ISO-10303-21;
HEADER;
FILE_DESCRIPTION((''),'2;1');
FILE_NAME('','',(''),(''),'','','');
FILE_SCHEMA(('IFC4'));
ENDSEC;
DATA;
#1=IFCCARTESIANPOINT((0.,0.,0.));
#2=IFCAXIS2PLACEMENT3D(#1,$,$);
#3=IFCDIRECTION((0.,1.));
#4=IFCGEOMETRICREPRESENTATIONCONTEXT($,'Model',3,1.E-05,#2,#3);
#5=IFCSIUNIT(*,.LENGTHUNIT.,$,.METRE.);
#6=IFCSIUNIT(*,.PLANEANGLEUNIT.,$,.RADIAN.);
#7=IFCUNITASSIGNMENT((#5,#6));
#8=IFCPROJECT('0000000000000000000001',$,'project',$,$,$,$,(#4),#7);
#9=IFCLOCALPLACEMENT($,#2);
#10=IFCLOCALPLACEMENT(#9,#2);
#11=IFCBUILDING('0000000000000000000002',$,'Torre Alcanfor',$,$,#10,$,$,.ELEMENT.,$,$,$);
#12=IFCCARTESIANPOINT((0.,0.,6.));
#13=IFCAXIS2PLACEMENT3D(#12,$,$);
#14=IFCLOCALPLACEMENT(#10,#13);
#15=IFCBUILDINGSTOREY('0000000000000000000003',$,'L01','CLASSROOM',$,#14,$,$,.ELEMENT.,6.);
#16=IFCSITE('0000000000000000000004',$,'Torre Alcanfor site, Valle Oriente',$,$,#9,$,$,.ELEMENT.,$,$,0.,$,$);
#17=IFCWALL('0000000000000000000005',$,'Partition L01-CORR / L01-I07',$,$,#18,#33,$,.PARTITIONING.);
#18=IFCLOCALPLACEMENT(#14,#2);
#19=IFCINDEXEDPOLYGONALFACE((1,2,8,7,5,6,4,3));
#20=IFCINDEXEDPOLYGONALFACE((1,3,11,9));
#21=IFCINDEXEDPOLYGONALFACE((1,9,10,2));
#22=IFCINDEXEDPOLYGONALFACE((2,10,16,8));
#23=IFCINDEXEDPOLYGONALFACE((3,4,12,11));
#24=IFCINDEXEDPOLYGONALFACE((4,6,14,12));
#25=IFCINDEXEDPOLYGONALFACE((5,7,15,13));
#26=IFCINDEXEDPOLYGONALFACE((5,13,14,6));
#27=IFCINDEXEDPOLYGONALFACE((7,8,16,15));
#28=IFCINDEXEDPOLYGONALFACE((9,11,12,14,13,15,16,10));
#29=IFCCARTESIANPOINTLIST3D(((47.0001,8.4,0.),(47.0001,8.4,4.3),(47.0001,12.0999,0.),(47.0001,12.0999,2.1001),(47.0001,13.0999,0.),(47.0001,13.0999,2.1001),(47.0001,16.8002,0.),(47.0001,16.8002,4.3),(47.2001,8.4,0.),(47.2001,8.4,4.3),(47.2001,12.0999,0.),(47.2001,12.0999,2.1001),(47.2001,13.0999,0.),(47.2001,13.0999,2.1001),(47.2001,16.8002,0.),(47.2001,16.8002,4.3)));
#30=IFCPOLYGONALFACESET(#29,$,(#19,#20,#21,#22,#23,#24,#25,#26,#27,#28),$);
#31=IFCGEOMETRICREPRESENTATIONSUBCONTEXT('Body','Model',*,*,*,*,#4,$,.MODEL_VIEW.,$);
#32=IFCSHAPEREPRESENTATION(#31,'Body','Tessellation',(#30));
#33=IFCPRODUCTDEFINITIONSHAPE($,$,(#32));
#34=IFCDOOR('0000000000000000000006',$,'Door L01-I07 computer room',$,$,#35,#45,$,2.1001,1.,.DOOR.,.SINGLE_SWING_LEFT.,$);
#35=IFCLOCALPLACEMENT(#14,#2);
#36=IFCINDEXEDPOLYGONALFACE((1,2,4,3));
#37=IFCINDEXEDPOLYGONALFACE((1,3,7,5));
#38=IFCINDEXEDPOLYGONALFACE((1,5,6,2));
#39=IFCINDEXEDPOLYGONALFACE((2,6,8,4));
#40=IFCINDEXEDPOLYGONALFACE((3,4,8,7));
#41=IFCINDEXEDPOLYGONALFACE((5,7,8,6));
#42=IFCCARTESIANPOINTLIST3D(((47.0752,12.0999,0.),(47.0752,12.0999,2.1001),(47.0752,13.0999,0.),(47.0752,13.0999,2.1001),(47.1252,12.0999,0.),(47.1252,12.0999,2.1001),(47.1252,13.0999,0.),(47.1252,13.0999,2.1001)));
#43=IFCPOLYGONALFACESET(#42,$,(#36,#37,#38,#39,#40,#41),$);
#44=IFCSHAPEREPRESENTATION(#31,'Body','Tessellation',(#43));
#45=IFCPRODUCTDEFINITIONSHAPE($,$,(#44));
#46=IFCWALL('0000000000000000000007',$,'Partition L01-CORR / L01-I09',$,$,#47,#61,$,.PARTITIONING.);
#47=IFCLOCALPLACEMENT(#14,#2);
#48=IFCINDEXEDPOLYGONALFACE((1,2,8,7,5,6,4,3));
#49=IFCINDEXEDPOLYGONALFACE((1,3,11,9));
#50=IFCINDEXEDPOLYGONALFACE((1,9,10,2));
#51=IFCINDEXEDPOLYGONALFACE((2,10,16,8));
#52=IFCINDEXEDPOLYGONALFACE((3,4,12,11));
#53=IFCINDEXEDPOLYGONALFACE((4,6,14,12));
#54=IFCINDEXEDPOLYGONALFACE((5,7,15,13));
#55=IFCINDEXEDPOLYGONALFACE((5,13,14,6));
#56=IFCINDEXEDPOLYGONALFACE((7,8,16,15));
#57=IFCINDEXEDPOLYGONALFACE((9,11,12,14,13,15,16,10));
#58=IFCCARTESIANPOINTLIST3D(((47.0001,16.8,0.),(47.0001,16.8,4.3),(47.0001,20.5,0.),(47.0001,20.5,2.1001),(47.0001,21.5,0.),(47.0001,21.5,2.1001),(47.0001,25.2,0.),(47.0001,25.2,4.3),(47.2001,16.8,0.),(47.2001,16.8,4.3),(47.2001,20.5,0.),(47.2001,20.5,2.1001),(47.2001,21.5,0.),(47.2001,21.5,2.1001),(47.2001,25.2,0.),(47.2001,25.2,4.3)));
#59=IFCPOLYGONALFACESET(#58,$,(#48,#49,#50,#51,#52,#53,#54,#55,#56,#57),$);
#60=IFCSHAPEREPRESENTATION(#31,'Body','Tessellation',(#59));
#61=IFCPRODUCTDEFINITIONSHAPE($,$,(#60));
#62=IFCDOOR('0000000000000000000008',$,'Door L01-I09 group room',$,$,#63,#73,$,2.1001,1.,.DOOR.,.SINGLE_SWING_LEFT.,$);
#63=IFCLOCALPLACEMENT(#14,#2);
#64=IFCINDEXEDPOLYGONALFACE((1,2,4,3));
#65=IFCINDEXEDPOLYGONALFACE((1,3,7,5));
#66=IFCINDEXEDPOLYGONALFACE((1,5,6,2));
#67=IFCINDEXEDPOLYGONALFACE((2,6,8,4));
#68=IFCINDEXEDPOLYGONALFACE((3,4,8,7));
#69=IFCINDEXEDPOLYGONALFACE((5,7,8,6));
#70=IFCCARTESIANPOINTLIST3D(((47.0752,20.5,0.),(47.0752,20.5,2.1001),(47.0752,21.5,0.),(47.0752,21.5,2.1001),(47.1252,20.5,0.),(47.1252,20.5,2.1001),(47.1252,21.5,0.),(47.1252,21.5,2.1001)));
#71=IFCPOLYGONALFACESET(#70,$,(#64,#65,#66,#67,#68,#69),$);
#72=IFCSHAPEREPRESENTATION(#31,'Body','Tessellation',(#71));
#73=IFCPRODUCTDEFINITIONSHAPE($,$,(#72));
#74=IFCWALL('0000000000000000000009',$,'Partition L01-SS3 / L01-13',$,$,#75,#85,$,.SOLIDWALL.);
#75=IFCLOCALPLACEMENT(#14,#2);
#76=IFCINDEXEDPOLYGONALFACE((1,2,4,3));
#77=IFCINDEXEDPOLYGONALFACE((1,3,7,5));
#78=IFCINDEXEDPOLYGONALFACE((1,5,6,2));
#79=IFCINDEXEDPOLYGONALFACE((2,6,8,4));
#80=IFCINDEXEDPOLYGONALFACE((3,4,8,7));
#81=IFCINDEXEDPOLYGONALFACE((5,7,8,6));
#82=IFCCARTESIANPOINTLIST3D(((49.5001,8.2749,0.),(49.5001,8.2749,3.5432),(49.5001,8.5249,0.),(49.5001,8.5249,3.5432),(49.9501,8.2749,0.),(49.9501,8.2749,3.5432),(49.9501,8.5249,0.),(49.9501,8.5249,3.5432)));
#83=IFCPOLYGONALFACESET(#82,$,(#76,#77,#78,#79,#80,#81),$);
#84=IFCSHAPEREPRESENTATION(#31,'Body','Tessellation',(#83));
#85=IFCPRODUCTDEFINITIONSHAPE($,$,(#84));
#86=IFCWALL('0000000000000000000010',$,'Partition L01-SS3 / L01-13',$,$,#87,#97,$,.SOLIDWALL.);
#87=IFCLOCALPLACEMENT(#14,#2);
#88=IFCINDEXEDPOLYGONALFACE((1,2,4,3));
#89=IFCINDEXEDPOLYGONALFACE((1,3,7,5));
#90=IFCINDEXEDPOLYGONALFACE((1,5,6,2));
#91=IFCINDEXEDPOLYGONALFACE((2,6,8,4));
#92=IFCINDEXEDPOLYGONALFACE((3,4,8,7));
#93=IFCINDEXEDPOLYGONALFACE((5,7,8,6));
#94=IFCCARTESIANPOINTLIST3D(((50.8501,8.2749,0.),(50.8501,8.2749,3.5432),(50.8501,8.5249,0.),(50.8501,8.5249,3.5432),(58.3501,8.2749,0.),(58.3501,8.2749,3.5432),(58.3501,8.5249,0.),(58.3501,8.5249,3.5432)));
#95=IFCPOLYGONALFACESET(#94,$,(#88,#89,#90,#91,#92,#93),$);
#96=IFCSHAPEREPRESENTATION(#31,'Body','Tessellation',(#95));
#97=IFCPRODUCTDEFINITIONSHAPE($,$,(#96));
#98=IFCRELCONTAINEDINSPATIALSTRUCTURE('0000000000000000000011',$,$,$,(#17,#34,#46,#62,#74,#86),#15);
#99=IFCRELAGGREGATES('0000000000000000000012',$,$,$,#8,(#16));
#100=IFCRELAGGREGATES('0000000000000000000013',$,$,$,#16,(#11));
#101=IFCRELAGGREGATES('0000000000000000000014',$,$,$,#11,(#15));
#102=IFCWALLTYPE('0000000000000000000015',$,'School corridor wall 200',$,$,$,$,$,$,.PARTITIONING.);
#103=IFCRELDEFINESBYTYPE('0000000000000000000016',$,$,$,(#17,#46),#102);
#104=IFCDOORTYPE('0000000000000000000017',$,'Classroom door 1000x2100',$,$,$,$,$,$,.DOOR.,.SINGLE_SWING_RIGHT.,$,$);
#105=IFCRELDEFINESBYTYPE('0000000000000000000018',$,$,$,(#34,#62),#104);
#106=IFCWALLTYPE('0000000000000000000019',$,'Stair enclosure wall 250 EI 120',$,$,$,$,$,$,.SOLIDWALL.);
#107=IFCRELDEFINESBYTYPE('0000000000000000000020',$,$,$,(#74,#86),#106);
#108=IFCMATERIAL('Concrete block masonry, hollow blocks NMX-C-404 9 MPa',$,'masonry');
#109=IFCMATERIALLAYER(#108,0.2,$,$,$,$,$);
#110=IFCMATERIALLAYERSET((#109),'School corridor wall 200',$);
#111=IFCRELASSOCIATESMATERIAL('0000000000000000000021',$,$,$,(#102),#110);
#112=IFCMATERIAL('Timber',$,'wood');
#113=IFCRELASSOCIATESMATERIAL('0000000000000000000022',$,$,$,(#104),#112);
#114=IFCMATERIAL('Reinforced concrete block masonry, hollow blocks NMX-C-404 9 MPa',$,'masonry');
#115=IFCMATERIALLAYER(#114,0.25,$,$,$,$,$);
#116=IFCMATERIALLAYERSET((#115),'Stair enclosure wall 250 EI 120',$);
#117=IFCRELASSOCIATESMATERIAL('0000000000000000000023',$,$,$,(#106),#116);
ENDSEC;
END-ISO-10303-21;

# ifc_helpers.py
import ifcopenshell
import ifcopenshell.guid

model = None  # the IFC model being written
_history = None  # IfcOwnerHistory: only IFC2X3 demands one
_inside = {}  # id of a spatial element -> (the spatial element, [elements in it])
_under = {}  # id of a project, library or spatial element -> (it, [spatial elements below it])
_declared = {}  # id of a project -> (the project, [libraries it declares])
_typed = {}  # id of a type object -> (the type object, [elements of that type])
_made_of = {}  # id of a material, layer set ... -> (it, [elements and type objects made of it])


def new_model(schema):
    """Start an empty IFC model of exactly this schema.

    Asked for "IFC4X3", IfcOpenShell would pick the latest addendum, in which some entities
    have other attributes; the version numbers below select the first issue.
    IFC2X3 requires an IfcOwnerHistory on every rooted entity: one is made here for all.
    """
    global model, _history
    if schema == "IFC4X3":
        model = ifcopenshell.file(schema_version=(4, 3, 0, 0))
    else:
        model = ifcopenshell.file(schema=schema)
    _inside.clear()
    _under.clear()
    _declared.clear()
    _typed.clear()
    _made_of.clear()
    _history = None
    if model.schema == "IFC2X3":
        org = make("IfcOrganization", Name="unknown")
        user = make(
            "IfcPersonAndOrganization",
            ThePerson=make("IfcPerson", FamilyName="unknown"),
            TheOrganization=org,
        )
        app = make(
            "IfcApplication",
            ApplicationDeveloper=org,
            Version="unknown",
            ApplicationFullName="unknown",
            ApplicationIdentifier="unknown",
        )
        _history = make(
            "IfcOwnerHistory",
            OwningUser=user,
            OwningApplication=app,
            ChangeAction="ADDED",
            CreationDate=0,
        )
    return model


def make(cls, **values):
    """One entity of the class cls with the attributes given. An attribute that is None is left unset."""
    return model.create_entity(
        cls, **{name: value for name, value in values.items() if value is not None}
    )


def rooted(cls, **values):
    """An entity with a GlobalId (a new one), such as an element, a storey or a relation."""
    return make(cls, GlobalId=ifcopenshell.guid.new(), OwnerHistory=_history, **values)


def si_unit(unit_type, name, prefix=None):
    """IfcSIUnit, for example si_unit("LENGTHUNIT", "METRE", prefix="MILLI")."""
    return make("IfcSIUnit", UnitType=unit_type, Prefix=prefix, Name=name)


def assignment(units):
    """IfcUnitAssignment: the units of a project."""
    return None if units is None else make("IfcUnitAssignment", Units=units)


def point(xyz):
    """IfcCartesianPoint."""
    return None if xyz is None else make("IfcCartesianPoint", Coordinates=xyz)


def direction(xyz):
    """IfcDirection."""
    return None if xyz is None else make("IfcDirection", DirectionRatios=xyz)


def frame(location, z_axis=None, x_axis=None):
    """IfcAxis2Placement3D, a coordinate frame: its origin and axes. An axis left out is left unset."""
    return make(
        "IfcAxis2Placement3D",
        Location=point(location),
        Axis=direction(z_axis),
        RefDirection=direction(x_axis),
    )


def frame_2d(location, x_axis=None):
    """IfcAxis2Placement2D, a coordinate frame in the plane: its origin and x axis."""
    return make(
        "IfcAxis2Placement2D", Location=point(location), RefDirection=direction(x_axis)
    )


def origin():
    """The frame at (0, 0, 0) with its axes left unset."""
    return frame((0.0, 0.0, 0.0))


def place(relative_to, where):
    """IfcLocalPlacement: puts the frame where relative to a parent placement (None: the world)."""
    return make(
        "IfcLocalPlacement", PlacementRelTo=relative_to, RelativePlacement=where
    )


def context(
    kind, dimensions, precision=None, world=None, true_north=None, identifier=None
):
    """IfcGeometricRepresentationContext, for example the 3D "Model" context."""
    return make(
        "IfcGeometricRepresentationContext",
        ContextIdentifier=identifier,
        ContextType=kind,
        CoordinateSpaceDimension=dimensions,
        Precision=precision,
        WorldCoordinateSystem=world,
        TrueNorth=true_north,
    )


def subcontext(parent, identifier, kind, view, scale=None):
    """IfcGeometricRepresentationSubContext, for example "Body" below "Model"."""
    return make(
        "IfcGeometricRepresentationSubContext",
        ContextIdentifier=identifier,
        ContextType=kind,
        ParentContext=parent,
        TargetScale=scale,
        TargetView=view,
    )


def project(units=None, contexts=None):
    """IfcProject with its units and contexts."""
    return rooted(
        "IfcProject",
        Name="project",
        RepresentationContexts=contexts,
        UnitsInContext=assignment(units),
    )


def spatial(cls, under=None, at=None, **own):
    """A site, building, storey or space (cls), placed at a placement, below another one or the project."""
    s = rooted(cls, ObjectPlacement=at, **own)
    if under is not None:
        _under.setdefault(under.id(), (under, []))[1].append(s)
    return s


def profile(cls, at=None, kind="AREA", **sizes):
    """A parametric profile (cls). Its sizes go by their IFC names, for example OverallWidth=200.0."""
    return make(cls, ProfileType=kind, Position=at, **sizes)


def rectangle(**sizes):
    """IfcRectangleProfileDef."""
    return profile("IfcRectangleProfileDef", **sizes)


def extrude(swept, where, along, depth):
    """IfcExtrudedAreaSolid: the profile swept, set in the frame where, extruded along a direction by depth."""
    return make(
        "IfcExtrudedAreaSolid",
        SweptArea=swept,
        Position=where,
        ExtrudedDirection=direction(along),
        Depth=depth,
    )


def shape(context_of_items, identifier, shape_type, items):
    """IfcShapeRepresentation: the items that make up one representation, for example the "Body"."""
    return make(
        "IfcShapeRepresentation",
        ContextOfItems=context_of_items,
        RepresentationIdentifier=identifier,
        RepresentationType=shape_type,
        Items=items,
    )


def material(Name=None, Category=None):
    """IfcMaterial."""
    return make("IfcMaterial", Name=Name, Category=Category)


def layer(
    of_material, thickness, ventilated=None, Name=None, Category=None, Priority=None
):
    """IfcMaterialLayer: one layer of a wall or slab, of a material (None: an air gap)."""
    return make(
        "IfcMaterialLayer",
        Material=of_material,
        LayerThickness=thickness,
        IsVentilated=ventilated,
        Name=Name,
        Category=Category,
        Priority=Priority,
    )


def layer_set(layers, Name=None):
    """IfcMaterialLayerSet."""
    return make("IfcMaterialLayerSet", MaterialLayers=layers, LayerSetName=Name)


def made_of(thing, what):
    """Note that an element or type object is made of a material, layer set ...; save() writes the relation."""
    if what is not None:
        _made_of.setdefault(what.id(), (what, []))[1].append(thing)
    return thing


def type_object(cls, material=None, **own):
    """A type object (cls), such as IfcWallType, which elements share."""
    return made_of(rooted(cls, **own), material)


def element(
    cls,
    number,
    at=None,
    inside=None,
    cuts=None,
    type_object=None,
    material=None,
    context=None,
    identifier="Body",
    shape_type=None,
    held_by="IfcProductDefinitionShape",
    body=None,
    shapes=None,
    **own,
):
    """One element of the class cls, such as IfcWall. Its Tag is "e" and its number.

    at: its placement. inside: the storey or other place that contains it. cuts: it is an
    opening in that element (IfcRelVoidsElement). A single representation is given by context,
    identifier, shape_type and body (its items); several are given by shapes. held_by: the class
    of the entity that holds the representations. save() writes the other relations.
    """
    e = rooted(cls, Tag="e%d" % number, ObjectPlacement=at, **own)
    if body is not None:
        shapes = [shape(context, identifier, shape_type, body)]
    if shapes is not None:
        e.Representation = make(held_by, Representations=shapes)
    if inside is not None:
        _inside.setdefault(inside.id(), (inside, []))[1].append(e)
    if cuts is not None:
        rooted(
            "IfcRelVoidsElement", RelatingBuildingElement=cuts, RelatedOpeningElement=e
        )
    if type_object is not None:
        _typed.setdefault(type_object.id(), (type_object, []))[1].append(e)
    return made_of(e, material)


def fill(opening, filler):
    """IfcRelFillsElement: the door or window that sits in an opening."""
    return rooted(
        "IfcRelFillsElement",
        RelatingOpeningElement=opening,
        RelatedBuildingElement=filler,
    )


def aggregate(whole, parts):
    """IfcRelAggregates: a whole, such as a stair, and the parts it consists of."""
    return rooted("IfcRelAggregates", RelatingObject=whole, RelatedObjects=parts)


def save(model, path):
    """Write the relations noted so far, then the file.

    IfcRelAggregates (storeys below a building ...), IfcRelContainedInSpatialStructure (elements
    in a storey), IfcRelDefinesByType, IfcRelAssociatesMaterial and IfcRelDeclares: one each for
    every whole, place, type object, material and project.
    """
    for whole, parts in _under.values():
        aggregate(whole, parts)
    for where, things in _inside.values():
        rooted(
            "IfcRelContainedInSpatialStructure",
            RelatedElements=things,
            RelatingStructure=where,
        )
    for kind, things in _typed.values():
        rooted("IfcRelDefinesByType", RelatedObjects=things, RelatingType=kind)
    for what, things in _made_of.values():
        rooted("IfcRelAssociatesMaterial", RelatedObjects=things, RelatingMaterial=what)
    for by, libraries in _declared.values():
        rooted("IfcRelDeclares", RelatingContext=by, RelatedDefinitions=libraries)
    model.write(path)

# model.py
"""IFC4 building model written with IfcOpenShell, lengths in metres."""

from ifc_helpers import new_model, si_unit, direction, frame, frame_2d, origin, place, context, subcontext, project, spatial, rectangle, extrude, material, layer, layer_set, type_object, element, fill, save


model = new_model("IFC4")

# Units and contexts
model_context = context("Model", 3, precision=1e-05, world=origin(), true_north=direction((0.0, 1.0)))
body_context = subcontext(model_context, "Body", "Model", "MODEL_VIEW")
ifc_project = project(units=[si_unit("LENGTHUNIT", "METRE"), si_unit("PLANEANGLEUNIT", "RADIAN")], contexts=[model_context])

# Site, building, storey
site_placement = place(None, origin())
site = spatial("IfcSite", under=ifc_project, at=site_placement, Name="Torre Alcanfor site, Valle Oriente", CompositionType="ELEMENT", RefElevation=0.0)
building_placement = place(site_placement, origin())
building = spatial("IfcBuilding", under=site, at=building_placement, Name="Torre Alcanfor", CompositionType="ELEMENT")
storey_placement = place(building_placement, frame((0.0, 0.0, 6.0)))
storey = spatial("IfcBuildingStorey", under=building, at=storey_placement, Name="L01", Description="CLASSROOM", CompositionType="ELEMENT", Elevation=6.0)

# Walls, openings, doors
ifc_material_1 = material(Name="Concrete block masonry, hollow blocks NMX-C-404 9 MPa", Category="masonry")
ifc_layer_1 = layer(ifc_material_1, 0.2)
ifc_layer_set_1 = layer_set([ifc_layer_1], Name="School corridor wall 200")
wall_type_1 = type_object("IfcWallType", Name="School corridor wall 200", PredefinedType="PARTITIONING", material=ifc_layer_set_1)
ifc_material_2 = material(Name="Timber", Category="wood")
door_type = type_object("IfcDoorType", Name="Classroom door 1000x2100", OperationType="SINGLE_SWING_RIGHT", PredefinedType="DOOR", material=ifc_material_2)
wall_1_placement = place(storey_placement, frame((47.1001, 8.3999, 0.0), z_axis=(0.0, 0.0, 1.0), x_axis=(0.0, 1.0, 0.0)))
wall_1 = element("IfcWall", 1, at=wall_1_placement, inside=storey, type_object=wall_type_1, Name="Partition L01-CORR / L01-I07", PredefinedType="PARTITIONING", context=body_context, shape_type="SweptSolid", body=[
    extrude(rectangle(XDim=8.4001, YDim=0.2, at=frame_2d((4.2002, 0.0))), origin(), (0.0, 0.0, 1.0), 4.3),
])
opening_1_placement = place(wall_1_placement, frame((3.7, 0.0, 0.0)))
opening_1 = element("IfcOpeningElement", 2, at=opening_1_placement, cuts=wall_1, PredefinedType="OPENING", context=body_context, shape_type="SweptSolid", body=[
    extrude(rectangle(XDim=1.0, YDim=2.1001, at=frame_2d((0.5, 1.05))), frame((0.0, 0.1099, 0.0), z_axis=(0.0, -1.0, 0.0), x_axis=(1.0, 0.0, 0.0)), (0.0, 0.0, 1.0), 0.22),
])
door_1_placement = place(opening_1_placement, origin())
door_1 = element("IfcDoor", 3, at=door_1_placement, inside=storey, type_object=door_type, Name="Door L01-I07 computer room", OperationType="SINGLE_SWING_LEFT", OverallHeight=2.1001, OverallWidth=1.0, PredefinedType="DOOR", context=body_context, shape_type="SweptSolid", body=[
    extrude(rectangle(XDim=1.0, YDim=2.1001, at=frame_2d((0.5, 1.05))), frame((0.0, 0.0249, 0.0), z_axis=(0.0, -1.0, 0.0), x_axis=(1.0, 0.0, 0.0)), (0.0, 0.0, 1.0), 0.05),
])
fill(opening_1, door_1)
wall_2_placement = place(storey_placement, frame((47.1001, 16.8, 0.0), z_axis=(0.0, 0.0, 1.0), x_axis=(0.0, 1.0, 0.0)))
wall_2 = element("IfcWall", 4, at=wall_2_placement, inside=storey, type_object=wall_type_1, Name="Partition L01-CORR / L01-I09", PredefinedType="PARTITIONING", context=body_context, shape_type="SweptSolid", body=[
    extrude(rectangle(XDim=8.3999, YDim=0.2, at=frame_2d((4.2, 0.0))), origin(), (0.0, 0.0, 1.0), 4.3),
])
opening_2_placement = place(wall_2_placement, frame((3.7, 0.0, 0.0)))
opening_2 = element("IfcOpeningElement", 5, at=opening_2_placement, cuts=wall_2, PredefinedType="OPENING", context=body_context, shape_type="SweptSolid", body=[
    extrude(rectangle(XDim=1.0, YDim=2.1001, at=frame_2d((0.5, 1.05))), frame((0.0, 0.1099, 0.0), z_axis=(0.0, -1.0, 0.0), x_axis=(1.0, 0.0, 0.0)), (0.0, 0.0, 1.0), 0.22),
])
door_2_placement = place(opening_2_placement, origin())
door_2 = element("IfcDoor", 6, at=door_2_placement, inside=storey, type_object=door_type, Name="Door L01-I09 group room", OperationType="SINGLE_SWING_LEFT", OverallHeight=2.1001, OverallWidth=1.0, PredefinedType="DOOR", context=body_context, shape_type="SweptSolid", body=[
    extrude(rectangle(XDim=1.0, YDim=2.1001, at=frame_2d((0.5, 1.05))), frame((0.0, 0.0249, 0.0), z_axis=(0.0, -1.0, 0.0), x_axis=(1.0, 0.0, 0.0)), (0.0, 0.0, 1.0), 0.05),
])
fill(opening_2, door_2)

# Walls
ifc_material_3 = material(Name="Reinforced concrete block masonry, hollow blocks NMX-C-404 9 MPa", Category="masonry")
ifc_layer_2 = layer(ifc_material_3, 0.25)
ifc_layer_set_2 = layer_set([ifc_layer_2], Name="Stair enclosure wall 250 EI 120")
wall_type_2 = type_object("IfcWallType", Name="Stair enclosure wall 250 EI 120", PredefinedType="SOLIDWALL", material=ifc_layer_set_2)
wall_3_placement = place(storey_placement, frame((49.5, 8.3999, 0.0), z_axis=(0.0, 0.0, 1.0), x_axis=(1.0, 0.0, 0.0)))
element("IfcWall", 7, at=wall_3_placement, inside=storey, type_object=wall_type_2, Name="Partition L01-SS3 / L01-13", PredefinedType="SOLIDWALL", context=body_context, shape_type="SweptSolid", body=[
    extrude(rectangle(XDim=0.45, YDim=0.25, at=frame_2d((0.2251, 0.0))), origin(), (0.0, 0.0, 1.0), 3.5432),
])
wall_4_placement = place(storey_placement, frame((50.8501, 8.3999, 0.0), z_axis=(0.0, 0.0, 1.0), x_axis=(1.0, 0.0, 0.0)))
element("IfcWall", 8, at=wall_4_placement, inside=storey, type_object=wall_type_2, Name="Partition L01-SS3 / L01-13", PredefinedType="SOLIDWALL", context=body_context, shape_type="SweptSolid", body=[
    extrude(rectangle(XDim=7.5, YDim=0.25, at=frame_2d((3.75, 0.0))), origin(), (0.0, 0.0, 1.0), 3.5432),
])

save(model, "model.ifc")
